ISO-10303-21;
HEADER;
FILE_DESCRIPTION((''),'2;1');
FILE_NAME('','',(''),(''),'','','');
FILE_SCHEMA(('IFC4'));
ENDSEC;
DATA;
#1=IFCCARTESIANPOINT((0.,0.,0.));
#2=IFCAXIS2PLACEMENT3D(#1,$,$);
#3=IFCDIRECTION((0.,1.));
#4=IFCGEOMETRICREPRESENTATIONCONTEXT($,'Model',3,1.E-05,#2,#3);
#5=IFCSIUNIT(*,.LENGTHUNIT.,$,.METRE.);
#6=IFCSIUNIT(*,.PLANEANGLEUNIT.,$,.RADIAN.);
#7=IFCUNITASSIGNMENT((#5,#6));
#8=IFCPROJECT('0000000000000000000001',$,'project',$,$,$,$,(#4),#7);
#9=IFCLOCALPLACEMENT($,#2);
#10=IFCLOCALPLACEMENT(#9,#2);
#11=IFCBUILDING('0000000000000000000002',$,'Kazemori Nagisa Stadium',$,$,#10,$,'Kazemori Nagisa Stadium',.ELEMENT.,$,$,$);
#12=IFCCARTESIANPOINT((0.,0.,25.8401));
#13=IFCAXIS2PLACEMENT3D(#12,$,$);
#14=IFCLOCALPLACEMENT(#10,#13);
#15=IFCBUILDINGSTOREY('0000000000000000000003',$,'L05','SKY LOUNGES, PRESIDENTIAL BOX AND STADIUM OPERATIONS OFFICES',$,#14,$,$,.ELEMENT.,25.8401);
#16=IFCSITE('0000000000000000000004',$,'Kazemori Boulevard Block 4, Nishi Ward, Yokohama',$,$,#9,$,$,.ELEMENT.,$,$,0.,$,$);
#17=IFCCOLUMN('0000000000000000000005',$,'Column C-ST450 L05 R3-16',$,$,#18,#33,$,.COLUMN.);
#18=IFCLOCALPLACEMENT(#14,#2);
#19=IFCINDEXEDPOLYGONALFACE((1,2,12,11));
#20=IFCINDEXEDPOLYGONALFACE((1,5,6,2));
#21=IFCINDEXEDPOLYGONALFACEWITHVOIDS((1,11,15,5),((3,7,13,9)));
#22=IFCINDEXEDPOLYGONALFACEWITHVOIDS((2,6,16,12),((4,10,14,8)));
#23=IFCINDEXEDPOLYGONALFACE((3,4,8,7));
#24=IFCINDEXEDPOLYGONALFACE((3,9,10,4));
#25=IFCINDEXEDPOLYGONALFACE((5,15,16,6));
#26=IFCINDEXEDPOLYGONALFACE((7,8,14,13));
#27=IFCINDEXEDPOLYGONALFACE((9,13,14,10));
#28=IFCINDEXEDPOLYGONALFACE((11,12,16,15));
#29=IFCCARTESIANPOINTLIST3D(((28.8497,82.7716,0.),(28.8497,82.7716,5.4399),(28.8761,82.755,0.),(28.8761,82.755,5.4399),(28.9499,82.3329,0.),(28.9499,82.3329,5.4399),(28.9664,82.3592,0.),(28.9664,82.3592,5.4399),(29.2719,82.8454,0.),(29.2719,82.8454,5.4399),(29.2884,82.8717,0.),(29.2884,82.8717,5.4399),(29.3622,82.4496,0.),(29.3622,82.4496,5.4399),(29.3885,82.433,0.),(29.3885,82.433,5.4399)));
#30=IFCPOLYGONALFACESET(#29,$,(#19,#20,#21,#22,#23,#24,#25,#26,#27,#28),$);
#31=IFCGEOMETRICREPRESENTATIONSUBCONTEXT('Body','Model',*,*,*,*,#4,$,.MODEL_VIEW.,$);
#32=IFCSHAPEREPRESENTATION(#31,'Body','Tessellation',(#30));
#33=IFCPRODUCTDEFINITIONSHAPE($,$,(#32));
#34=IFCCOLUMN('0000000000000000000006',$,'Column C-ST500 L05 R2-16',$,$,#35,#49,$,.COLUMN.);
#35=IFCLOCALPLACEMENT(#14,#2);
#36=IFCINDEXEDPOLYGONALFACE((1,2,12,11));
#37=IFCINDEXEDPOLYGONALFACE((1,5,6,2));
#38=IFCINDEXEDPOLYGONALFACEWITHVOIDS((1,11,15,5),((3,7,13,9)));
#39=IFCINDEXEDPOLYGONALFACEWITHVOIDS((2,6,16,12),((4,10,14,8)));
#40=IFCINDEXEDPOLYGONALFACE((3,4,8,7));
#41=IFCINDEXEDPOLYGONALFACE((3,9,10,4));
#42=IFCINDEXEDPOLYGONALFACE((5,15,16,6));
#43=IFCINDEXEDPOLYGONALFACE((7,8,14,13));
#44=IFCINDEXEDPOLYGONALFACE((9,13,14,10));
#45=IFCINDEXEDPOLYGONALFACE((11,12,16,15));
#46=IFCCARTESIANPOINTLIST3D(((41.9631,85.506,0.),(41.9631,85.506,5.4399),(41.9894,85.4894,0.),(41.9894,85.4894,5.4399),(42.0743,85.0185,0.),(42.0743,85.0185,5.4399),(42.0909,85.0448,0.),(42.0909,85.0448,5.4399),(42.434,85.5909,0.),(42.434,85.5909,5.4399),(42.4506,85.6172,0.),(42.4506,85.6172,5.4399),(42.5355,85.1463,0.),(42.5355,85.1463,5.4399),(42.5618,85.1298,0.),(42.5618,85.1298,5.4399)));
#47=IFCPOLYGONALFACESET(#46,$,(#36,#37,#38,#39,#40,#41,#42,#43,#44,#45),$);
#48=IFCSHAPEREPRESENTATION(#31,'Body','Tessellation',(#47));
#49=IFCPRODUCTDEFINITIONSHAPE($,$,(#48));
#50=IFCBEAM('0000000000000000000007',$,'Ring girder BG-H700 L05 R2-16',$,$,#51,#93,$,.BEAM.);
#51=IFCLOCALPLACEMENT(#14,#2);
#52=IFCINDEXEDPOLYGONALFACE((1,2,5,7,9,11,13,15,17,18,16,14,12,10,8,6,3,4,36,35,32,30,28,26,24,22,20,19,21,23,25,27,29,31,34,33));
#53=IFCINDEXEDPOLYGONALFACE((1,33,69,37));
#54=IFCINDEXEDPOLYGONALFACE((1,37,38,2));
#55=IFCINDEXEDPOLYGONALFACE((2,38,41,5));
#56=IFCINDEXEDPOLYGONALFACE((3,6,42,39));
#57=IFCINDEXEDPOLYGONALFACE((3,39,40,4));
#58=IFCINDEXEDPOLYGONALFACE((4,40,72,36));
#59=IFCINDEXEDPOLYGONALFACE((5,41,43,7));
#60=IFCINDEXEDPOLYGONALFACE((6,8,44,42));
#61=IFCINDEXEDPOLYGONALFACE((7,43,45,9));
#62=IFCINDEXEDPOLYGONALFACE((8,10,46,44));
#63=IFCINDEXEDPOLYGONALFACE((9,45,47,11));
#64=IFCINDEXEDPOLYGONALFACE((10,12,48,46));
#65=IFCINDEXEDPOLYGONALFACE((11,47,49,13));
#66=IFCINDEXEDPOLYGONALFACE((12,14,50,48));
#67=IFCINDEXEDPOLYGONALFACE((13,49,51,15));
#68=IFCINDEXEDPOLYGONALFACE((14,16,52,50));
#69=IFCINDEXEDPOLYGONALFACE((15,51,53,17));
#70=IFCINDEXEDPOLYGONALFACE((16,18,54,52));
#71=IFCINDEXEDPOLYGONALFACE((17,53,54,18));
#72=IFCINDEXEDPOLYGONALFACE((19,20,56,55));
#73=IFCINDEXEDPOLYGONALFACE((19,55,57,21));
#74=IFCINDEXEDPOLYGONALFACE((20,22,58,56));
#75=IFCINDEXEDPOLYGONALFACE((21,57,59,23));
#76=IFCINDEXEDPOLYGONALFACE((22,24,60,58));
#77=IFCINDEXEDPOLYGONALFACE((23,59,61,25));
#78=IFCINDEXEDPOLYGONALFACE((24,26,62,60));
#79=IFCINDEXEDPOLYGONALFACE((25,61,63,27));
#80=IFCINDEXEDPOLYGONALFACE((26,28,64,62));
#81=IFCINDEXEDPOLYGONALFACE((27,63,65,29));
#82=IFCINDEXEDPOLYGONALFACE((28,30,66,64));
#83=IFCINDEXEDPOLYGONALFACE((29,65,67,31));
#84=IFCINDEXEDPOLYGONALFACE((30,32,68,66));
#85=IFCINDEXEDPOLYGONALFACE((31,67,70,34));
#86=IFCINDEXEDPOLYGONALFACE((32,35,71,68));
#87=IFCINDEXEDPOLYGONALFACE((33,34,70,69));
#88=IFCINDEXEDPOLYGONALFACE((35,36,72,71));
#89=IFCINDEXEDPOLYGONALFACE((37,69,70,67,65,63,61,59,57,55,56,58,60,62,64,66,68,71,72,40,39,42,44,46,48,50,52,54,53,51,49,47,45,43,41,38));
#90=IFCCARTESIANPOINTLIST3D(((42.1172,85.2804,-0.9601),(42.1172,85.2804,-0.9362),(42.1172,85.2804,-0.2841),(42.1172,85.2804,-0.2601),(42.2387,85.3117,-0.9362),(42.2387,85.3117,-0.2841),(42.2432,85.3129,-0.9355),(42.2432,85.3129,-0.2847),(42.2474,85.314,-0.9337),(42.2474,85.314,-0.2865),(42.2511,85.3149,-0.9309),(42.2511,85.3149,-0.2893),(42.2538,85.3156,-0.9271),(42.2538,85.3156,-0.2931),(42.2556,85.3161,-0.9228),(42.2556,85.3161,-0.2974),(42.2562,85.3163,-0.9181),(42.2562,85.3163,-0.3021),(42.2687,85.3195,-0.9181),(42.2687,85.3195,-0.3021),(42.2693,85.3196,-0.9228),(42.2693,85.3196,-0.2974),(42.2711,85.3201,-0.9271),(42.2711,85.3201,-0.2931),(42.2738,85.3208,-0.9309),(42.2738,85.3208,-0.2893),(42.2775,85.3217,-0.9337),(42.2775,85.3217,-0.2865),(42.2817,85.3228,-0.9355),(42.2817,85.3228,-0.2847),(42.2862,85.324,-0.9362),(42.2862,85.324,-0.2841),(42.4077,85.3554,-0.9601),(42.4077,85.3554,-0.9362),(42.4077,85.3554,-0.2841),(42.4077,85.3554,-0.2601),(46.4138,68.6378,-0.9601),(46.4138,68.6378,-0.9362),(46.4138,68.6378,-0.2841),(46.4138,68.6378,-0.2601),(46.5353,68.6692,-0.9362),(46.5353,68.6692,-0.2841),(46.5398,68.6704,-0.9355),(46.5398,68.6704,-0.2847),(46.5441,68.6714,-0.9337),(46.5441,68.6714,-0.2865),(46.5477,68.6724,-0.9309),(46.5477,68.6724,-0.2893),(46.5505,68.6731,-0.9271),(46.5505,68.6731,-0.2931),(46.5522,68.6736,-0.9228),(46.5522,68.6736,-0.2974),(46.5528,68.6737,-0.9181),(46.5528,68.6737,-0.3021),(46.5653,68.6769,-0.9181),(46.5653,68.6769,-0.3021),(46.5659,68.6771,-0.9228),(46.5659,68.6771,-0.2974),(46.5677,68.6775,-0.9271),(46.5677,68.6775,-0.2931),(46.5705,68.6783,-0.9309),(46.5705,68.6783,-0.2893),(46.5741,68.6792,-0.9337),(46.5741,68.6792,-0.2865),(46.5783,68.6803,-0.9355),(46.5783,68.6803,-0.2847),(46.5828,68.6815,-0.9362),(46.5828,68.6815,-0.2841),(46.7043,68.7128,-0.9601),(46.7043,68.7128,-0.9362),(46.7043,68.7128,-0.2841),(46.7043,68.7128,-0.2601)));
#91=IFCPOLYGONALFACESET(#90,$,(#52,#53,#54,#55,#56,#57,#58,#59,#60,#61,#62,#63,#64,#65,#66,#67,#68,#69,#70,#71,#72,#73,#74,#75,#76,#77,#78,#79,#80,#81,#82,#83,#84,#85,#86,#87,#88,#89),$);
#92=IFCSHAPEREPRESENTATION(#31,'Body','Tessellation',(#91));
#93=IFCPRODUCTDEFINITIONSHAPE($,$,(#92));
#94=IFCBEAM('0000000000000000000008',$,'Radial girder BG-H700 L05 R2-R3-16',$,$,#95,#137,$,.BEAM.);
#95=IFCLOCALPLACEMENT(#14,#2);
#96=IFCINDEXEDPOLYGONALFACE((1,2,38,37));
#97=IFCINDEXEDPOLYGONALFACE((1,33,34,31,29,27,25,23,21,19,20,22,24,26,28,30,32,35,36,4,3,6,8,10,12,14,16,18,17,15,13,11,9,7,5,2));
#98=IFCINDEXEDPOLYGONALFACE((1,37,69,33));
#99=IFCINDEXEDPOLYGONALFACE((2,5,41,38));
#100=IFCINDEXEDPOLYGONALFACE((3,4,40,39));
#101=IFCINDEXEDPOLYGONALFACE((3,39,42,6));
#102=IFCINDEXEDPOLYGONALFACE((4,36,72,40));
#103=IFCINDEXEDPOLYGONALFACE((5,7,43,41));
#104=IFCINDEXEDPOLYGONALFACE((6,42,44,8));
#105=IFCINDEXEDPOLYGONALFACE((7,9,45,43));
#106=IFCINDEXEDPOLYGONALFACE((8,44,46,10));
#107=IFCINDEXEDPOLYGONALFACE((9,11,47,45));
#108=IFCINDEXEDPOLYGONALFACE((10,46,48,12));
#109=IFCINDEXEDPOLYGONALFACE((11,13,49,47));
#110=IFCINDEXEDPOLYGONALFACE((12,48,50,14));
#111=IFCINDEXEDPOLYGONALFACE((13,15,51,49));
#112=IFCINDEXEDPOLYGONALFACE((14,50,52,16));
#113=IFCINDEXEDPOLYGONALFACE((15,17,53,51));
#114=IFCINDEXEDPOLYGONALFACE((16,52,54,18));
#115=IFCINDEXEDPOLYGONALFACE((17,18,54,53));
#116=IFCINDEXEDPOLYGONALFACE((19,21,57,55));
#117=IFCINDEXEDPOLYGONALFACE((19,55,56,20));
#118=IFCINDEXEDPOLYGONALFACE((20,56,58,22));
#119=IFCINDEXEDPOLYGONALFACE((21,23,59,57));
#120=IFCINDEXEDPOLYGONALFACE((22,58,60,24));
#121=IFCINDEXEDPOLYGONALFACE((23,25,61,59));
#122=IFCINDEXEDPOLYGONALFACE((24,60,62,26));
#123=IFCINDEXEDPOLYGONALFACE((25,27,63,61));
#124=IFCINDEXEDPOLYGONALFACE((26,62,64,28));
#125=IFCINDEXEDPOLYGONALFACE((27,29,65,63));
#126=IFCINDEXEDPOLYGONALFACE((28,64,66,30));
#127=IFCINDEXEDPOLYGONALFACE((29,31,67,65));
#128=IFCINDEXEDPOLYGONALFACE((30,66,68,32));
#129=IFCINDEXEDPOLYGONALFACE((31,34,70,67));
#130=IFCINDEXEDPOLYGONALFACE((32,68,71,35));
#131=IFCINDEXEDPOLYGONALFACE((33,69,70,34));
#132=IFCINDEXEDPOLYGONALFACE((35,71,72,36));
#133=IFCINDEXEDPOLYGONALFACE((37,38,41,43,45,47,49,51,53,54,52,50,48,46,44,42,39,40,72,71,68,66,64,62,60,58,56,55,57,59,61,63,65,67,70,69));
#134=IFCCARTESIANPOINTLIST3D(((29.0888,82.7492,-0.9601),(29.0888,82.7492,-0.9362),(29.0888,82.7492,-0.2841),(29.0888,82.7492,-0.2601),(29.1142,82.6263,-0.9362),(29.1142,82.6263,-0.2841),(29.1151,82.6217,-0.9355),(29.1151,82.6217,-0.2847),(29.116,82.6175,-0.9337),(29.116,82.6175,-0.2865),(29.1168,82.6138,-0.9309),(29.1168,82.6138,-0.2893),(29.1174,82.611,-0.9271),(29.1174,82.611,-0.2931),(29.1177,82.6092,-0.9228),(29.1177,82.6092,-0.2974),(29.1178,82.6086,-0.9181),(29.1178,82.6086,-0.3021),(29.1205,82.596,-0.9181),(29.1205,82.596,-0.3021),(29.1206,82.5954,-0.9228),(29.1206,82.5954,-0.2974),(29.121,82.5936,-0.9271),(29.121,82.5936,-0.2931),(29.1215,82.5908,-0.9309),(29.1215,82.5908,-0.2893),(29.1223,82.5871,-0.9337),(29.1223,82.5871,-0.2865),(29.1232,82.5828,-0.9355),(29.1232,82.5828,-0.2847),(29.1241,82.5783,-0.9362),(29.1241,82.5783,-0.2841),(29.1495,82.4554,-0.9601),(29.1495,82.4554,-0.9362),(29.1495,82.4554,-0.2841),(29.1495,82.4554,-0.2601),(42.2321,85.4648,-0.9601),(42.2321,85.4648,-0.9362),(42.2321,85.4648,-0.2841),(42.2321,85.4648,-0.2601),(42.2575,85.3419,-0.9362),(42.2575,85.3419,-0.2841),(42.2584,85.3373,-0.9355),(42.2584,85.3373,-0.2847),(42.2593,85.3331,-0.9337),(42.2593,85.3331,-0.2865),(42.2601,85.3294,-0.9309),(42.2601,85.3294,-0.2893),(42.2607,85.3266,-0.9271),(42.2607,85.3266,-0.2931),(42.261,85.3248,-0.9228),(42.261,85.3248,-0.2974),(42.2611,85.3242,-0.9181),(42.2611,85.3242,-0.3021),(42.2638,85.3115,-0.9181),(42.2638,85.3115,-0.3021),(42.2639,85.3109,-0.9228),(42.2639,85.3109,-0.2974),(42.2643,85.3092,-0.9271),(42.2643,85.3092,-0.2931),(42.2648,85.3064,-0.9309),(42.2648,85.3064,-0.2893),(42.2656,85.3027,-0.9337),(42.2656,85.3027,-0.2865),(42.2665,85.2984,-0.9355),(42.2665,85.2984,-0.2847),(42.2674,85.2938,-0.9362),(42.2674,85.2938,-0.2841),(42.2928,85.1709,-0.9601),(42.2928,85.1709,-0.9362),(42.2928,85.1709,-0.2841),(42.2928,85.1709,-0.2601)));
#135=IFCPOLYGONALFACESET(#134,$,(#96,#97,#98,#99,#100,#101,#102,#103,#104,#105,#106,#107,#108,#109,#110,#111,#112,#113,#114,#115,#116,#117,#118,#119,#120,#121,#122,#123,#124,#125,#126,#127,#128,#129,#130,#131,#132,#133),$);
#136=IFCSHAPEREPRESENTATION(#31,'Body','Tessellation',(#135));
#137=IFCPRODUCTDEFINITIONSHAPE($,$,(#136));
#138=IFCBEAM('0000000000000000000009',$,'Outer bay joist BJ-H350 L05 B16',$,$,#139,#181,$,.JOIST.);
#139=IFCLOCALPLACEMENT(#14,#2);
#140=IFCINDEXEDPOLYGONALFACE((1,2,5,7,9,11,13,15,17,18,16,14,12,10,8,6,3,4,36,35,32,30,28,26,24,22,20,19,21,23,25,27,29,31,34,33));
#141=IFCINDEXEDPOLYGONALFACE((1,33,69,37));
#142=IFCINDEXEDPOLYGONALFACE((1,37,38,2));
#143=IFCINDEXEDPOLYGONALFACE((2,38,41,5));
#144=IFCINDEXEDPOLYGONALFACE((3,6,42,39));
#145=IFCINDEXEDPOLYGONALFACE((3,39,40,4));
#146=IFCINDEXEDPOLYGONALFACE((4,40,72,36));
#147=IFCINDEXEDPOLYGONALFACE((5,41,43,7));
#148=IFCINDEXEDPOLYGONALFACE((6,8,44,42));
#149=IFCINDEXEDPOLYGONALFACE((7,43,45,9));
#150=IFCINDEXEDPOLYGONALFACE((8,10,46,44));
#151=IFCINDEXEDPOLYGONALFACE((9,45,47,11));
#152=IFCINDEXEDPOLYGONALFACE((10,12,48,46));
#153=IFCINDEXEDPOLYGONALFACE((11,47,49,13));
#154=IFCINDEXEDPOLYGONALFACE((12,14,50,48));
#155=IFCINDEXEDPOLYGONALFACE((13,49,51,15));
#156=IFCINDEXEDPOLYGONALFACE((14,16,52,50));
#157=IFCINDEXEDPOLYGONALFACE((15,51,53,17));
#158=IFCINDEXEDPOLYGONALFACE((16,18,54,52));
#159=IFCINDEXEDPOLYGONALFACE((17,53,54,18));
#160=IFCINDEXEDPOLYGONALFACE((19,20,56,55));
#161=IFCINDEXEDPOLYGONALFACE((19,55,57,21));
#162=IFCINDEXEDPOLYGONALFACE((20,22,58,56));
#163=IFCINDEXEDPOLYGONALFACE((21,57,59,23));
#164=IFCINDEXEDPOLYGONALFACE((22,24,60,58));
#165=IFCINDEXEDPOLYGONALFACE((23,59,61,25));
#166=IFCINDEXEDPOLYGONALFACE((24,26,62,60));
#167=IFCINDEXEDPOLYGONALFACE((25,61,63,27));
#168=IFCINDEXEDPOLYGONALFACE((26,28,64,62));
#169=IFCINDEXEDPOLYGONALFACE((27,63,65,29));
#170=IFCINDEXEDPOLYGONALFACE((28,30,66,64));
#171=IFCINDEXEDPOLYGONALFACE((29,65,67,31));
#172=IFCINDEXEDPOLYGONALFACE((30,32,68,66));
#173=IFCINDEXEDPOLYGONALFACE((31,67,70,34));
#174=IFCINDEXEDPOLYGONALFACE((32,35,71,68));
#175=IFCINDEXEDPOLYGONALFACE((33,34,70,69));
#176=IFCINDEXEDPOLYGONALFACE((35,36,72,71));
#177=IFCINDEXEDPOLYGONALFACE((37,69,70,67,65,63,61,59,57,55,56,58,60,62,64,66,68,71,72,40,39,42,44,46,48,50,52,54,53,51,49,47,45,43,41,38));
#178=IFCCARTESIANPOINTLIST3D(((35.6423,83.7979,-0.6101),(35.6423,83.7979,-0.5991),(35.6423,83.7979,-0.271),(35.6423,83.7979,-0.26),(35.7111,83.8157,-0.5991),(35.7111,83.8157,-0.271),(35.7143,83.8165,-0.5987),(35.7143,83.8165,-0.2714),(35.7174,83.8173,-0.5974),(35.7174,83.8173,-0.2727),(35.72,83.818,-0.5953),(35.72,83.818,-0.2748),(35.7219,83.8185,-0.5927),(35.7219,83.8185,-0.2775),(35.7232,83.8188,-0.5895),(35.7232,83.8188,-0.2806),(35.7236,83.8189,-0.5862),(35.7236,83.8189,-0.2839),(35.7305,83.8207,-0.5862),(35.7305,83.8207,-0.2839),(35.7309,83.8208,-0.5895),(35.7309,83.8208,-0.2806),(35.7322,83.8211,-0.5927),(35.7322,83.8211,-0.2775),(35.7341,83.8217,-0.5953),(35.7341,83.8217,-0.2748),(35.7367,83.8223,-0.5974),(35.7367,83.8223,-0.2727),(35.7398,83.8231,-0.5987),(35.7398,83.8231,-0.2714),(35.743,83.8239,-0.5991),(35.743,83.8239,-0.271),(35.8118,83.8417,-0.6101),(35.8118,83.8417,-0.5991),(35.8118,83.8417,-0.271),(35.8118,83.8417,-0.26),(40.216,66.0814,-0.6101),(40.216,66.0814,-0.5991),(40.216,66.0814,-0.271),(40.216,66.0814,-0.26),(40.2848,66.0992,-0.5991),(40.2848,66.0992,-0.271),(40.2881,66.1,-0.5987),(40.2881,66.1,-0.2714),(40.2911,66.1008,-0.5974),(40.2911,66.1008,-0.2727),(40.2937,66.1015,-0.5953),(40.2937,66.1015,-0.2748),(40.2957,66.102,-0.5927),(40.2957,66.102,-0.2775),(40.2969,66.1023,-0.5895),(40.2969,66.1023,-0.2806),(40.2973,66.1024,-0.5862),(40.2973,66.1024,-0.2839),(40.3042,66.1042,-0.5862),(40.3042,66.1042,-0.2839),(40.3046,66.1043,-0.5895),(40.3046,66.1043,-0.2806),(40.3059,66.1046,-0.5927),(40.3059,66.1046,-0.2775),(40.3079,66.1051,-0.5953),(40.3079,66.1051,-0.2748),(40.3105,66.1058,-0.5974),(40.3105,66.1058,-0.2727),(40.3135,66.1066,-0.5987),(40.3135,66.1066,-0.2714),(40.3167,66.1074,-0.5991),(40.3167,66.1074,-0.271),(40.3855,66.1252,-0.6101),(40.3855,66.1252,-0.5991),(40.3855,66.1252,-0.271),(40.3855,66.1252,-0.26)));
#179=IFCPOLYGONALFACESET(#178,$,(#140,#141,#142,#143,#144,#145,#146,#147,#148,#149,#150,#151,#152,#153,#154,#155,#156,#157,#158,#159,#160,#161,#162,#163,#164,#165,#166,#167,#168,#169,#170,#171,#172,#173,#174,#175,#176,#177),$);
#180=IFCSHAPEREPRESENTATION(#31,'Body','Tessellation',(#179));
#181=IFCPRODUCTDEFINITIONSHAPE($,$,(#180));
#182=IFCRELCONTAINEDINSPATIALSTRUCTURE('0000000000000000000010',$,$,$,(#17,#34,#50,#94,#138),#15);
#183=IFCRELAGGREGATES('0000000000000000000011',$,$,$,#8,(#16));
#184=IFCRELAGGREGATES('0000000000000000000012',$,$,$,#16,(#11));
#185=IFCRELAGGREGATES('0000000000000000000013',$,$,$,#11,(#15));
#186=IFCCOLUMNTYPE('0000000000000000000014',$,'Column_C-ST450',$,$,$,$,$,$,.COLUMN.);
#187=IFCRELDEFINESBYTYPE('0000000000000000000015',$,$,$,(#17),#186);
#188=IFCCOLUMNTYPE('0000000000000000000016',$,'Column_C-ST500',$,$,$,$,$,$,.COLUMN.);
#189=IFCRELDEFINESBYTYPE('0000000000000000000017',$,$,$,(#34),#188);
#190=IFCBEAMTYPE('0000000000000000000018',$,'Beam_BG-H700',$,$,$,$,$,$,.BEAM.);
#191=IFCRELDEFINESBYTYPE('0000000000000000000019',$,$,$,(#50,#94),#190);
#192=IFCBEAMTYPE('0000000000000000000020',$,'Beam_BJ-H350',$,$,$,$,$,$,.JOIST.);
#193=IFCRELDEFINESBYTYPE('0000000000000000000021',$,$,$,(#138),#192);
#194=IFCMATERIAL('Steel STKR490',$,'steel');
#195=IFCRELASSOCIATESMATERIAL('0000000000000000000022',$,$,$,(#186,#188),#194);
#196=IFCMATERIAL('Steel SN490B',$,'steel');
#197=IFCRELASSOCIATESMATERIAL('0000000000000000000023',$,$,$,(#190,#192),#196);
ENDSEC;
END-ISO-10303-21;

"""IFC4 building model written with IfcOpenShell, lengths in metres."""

from ifc_helpers import new_model, si_unit, direction, frame, origin, origin_2d, place, context, subcontext, project, spatial, hollow_rectangle, i_section, extrude, material, material_profile, profile_set, type_object, element, save


model = new_model("IFC4")

# Units and contexts
model_context = context("Model", 3, precision=1e-05, world=origin(), true_north=direction((0.0, 1.0)))
body_context = subcontext(model_context, "Body", "Model", "MODEL_VIEW")
ifc_project = project(units=[si_unit("LENGTHUNIT", "METRE"), si_unit("PLANEANGLEUNIT", "RADIAN")], contexts=[model_context])

# Site, building, storey
site_placement = place(None, origin())
site = spatial("IfcSite", under=ifc_project, at=site_placement, Name="Kazemori Boulevard Block 4, Nishi Ward, Yokohama", CompositionType="ELEMENT", RefElevation=0.0)
building_placement = place(site_placement, origin())
building = spatial("IfcBuilding", under=site, at=building_placement, Name="Kazemori Nagisa Stadium", LongName="Kazemori Nagisa Stadium", CompositionType="ELEMENT")
storey_placement = place(building_placement, frame((0.0, 0.0, 25.8401)))
storey = spatial("IfcBuildingStorey", under=building, at=storey_placement, Name="L05", Description="SKY LOUNGES, PRESIDENTIAL BOX AND STADIUM OPERATIONS OFFICES", CompositionType="ELEMENT", Elevation=25.8401)

# Columns
ifc_material_1 = material(Name="Steel STKR490", Category="steel")
ifc_material_profile_1 = material_profile(ifc_material_1, hollow_rectangle(XDim=0.45, YDim=0.45, WallThickness=0.022, at=origin_2d()), Name="SHS-450x450x22")
ifc_profile_set_1 = profile_set([ifc_material_profile_1], Name="Steel STKR490")
column_type_1 = type_object("IfcColumnType", Name="Column_C-ST450", PredefinedType="COLUMN", material=ifc_profile_set_1)
column_1_placement = place(storey_placement, frame((29.1191, 82.6023, 0.0), z_axis=(0.0, 0.0, 1.0), x_axis=(-0.974928, -0.222521, 0.0)))
element("IfcColumn", 1, at=column_1_placement, inside=storey, type_object=column_type_1, Name="Column C-ST450 L05 R3-16", PredefinedType="COLUMN", context=body_context, shape_type="SweptSolid", body=[
    extrude(hollow_rectangle(XDim=0.45, YDim=0.45, WallThickness=0.022, at=origin_2d()), origin(), (0.0, 0.0, 1.0), 5.4399),
])
ifc_material_profile_2 = material_profile(ifc_material_1, hollow_rectangle(XDim=0.5, YDim=0.5, WallThickness=0.022, at=origin_2d()), Name="SHS-500x500x22")
ifc_profile_set_2 = profile_set([ifc_material_profile_2], Name="Steel STKR490")
column_type_2 = type_object("IfcColumnType", Name="Column_C-ST500", PredefinedType="COLUMN", material=ifc_profile_set_2)
column_2_placement = place(storey_placement, frame((42.2625, 85.3179, 0.0), z_axis=(0.0, 0.0, 1.0), x_axis=(-0.974928, -0.222521, 0.0)))
element("IfcColumn", 2, at=column_2_placement, inside=storey, type_object=column_type_2, Name="Column C-ST500 L05 R2-16", PredefinedType="COLUMN", context=body_context, shape_type="SweptSolid", body=[
    extrude(hollow_rectangle(XDim=0.5, YDim=0.5, WallThickness=0.022, at=origin_2d()), origin(), (0.0, 0.0, 1.0), 5.4399),
])

# Beams
ifc_material_2 = material(Name="Steel SN490B", Category="steel")
ifc_material_profile_3 = material_profile(ifc_material_2, i_section(OverallWidth=0.3, OverallDepth=0.7, WebThickness=0.0129, FlangeThickness=0.0239, FilletRadius=0.0181, at=origin_2d()), Name="H-700x300x13x24")
ifc_profile_set_3 = profile_set([ifc_material_profile_3], Name="Steel SN490B")
beam_type_1 = type_object("IfcBeamType", Name="Beam_BG-H700", PredefinedType="BEAM", material=ifc_profile_set_3)
beam_1_placement = place(storey_placement, frame((42.2625, 85.3179, -0.6101), z_axis=(0.249975, -0.968252, 0.0), x_axis=(0.968252, 0.249975, 0.0)))
element("IfcBeam", 3, at=beam_1_placement, inside=storey, type_object=beam_type_1, Name="Ring girder BG-H700 L05 R2-16", PredefinedType="BEAM", context=body_context, shape_type="SweptSolid", body=[
    extrude(i_section(OverallWidth=0.3, OverallDepth=0.7, WebThickness=0.0129, FlangeThickness=0.0239, FilletRadius=0.0181, at=origin_2d()), origin(), (0.0, 0.0, 1.0), 17.1882),
])
beam_2_placement = place(storey_placement, frame((42.2625, 85.3179, -0.6101), z_axis=(-0.979316, -0.202339, 0.0), x_axis=(0.202339, -0.979316, 0.0)))
element("IfcBeam", 4, at=beam_2_placement, inside=storey, type_object=beam_type_1, Name="Radial girder BG-H700 L05 R2-R3-16", PredefinedType="BEAM", context=body_context, shape_type="SweptSolid", body=[
    extrude(i_section(OverallWidth=0.3, OverallDepth=0.7, WebThickness=0.0129, FlangeThickness=0.0239, FilletRadius=0.0181, at=origin_2d()), origin(), (0.0, 0.0, 1.0), 13.4209),
])
ifc_material_profile_4 = material_profile(ifc_material_2, i_section(OverallWidth=0.175, OverallDepth=0.3501, WebThickness=0.0071, FlangeThickness=0.011, FilletRadius=0.0129, at=origin_2d()), Name="H-350x175x7x11")
ifc_profile_set_4 = profile_set([ifc_material_profile_4], Name="Steel SN490B")
beam_type_2 = type_object("IfcBeamType", Name="Beam_BJ-H350", PredefinedType="JOIST", material=ifc_profile_set_4)
beam_3_placement = place(storey_placement, frame((35.7271, 83.8198, -0.4351), z_axis=(0.249966, -0.968255, 0.0), x_axis=(0.968255, 0.249966, 0.0)))
element("IfcBeam", 5, at=beam_3_placement, inside=storey, type_object=beam_type_2, Name="Outer bay joist BJ-H350 L05 B16", PredefinedType="JOIST", context=body_context, shape_type="SweptSolid", body=[
    extrude(i_section(OverallWidth=0.175, OverallDepth=0.3501, WebThickness=0.0071, FlangeThickness=0.011, FilletRadius=0.0129, at=origin_2d()), origin(), (0.0, 0.0, 1.0), 18.2974),
])

save(model, "model.ifc")
